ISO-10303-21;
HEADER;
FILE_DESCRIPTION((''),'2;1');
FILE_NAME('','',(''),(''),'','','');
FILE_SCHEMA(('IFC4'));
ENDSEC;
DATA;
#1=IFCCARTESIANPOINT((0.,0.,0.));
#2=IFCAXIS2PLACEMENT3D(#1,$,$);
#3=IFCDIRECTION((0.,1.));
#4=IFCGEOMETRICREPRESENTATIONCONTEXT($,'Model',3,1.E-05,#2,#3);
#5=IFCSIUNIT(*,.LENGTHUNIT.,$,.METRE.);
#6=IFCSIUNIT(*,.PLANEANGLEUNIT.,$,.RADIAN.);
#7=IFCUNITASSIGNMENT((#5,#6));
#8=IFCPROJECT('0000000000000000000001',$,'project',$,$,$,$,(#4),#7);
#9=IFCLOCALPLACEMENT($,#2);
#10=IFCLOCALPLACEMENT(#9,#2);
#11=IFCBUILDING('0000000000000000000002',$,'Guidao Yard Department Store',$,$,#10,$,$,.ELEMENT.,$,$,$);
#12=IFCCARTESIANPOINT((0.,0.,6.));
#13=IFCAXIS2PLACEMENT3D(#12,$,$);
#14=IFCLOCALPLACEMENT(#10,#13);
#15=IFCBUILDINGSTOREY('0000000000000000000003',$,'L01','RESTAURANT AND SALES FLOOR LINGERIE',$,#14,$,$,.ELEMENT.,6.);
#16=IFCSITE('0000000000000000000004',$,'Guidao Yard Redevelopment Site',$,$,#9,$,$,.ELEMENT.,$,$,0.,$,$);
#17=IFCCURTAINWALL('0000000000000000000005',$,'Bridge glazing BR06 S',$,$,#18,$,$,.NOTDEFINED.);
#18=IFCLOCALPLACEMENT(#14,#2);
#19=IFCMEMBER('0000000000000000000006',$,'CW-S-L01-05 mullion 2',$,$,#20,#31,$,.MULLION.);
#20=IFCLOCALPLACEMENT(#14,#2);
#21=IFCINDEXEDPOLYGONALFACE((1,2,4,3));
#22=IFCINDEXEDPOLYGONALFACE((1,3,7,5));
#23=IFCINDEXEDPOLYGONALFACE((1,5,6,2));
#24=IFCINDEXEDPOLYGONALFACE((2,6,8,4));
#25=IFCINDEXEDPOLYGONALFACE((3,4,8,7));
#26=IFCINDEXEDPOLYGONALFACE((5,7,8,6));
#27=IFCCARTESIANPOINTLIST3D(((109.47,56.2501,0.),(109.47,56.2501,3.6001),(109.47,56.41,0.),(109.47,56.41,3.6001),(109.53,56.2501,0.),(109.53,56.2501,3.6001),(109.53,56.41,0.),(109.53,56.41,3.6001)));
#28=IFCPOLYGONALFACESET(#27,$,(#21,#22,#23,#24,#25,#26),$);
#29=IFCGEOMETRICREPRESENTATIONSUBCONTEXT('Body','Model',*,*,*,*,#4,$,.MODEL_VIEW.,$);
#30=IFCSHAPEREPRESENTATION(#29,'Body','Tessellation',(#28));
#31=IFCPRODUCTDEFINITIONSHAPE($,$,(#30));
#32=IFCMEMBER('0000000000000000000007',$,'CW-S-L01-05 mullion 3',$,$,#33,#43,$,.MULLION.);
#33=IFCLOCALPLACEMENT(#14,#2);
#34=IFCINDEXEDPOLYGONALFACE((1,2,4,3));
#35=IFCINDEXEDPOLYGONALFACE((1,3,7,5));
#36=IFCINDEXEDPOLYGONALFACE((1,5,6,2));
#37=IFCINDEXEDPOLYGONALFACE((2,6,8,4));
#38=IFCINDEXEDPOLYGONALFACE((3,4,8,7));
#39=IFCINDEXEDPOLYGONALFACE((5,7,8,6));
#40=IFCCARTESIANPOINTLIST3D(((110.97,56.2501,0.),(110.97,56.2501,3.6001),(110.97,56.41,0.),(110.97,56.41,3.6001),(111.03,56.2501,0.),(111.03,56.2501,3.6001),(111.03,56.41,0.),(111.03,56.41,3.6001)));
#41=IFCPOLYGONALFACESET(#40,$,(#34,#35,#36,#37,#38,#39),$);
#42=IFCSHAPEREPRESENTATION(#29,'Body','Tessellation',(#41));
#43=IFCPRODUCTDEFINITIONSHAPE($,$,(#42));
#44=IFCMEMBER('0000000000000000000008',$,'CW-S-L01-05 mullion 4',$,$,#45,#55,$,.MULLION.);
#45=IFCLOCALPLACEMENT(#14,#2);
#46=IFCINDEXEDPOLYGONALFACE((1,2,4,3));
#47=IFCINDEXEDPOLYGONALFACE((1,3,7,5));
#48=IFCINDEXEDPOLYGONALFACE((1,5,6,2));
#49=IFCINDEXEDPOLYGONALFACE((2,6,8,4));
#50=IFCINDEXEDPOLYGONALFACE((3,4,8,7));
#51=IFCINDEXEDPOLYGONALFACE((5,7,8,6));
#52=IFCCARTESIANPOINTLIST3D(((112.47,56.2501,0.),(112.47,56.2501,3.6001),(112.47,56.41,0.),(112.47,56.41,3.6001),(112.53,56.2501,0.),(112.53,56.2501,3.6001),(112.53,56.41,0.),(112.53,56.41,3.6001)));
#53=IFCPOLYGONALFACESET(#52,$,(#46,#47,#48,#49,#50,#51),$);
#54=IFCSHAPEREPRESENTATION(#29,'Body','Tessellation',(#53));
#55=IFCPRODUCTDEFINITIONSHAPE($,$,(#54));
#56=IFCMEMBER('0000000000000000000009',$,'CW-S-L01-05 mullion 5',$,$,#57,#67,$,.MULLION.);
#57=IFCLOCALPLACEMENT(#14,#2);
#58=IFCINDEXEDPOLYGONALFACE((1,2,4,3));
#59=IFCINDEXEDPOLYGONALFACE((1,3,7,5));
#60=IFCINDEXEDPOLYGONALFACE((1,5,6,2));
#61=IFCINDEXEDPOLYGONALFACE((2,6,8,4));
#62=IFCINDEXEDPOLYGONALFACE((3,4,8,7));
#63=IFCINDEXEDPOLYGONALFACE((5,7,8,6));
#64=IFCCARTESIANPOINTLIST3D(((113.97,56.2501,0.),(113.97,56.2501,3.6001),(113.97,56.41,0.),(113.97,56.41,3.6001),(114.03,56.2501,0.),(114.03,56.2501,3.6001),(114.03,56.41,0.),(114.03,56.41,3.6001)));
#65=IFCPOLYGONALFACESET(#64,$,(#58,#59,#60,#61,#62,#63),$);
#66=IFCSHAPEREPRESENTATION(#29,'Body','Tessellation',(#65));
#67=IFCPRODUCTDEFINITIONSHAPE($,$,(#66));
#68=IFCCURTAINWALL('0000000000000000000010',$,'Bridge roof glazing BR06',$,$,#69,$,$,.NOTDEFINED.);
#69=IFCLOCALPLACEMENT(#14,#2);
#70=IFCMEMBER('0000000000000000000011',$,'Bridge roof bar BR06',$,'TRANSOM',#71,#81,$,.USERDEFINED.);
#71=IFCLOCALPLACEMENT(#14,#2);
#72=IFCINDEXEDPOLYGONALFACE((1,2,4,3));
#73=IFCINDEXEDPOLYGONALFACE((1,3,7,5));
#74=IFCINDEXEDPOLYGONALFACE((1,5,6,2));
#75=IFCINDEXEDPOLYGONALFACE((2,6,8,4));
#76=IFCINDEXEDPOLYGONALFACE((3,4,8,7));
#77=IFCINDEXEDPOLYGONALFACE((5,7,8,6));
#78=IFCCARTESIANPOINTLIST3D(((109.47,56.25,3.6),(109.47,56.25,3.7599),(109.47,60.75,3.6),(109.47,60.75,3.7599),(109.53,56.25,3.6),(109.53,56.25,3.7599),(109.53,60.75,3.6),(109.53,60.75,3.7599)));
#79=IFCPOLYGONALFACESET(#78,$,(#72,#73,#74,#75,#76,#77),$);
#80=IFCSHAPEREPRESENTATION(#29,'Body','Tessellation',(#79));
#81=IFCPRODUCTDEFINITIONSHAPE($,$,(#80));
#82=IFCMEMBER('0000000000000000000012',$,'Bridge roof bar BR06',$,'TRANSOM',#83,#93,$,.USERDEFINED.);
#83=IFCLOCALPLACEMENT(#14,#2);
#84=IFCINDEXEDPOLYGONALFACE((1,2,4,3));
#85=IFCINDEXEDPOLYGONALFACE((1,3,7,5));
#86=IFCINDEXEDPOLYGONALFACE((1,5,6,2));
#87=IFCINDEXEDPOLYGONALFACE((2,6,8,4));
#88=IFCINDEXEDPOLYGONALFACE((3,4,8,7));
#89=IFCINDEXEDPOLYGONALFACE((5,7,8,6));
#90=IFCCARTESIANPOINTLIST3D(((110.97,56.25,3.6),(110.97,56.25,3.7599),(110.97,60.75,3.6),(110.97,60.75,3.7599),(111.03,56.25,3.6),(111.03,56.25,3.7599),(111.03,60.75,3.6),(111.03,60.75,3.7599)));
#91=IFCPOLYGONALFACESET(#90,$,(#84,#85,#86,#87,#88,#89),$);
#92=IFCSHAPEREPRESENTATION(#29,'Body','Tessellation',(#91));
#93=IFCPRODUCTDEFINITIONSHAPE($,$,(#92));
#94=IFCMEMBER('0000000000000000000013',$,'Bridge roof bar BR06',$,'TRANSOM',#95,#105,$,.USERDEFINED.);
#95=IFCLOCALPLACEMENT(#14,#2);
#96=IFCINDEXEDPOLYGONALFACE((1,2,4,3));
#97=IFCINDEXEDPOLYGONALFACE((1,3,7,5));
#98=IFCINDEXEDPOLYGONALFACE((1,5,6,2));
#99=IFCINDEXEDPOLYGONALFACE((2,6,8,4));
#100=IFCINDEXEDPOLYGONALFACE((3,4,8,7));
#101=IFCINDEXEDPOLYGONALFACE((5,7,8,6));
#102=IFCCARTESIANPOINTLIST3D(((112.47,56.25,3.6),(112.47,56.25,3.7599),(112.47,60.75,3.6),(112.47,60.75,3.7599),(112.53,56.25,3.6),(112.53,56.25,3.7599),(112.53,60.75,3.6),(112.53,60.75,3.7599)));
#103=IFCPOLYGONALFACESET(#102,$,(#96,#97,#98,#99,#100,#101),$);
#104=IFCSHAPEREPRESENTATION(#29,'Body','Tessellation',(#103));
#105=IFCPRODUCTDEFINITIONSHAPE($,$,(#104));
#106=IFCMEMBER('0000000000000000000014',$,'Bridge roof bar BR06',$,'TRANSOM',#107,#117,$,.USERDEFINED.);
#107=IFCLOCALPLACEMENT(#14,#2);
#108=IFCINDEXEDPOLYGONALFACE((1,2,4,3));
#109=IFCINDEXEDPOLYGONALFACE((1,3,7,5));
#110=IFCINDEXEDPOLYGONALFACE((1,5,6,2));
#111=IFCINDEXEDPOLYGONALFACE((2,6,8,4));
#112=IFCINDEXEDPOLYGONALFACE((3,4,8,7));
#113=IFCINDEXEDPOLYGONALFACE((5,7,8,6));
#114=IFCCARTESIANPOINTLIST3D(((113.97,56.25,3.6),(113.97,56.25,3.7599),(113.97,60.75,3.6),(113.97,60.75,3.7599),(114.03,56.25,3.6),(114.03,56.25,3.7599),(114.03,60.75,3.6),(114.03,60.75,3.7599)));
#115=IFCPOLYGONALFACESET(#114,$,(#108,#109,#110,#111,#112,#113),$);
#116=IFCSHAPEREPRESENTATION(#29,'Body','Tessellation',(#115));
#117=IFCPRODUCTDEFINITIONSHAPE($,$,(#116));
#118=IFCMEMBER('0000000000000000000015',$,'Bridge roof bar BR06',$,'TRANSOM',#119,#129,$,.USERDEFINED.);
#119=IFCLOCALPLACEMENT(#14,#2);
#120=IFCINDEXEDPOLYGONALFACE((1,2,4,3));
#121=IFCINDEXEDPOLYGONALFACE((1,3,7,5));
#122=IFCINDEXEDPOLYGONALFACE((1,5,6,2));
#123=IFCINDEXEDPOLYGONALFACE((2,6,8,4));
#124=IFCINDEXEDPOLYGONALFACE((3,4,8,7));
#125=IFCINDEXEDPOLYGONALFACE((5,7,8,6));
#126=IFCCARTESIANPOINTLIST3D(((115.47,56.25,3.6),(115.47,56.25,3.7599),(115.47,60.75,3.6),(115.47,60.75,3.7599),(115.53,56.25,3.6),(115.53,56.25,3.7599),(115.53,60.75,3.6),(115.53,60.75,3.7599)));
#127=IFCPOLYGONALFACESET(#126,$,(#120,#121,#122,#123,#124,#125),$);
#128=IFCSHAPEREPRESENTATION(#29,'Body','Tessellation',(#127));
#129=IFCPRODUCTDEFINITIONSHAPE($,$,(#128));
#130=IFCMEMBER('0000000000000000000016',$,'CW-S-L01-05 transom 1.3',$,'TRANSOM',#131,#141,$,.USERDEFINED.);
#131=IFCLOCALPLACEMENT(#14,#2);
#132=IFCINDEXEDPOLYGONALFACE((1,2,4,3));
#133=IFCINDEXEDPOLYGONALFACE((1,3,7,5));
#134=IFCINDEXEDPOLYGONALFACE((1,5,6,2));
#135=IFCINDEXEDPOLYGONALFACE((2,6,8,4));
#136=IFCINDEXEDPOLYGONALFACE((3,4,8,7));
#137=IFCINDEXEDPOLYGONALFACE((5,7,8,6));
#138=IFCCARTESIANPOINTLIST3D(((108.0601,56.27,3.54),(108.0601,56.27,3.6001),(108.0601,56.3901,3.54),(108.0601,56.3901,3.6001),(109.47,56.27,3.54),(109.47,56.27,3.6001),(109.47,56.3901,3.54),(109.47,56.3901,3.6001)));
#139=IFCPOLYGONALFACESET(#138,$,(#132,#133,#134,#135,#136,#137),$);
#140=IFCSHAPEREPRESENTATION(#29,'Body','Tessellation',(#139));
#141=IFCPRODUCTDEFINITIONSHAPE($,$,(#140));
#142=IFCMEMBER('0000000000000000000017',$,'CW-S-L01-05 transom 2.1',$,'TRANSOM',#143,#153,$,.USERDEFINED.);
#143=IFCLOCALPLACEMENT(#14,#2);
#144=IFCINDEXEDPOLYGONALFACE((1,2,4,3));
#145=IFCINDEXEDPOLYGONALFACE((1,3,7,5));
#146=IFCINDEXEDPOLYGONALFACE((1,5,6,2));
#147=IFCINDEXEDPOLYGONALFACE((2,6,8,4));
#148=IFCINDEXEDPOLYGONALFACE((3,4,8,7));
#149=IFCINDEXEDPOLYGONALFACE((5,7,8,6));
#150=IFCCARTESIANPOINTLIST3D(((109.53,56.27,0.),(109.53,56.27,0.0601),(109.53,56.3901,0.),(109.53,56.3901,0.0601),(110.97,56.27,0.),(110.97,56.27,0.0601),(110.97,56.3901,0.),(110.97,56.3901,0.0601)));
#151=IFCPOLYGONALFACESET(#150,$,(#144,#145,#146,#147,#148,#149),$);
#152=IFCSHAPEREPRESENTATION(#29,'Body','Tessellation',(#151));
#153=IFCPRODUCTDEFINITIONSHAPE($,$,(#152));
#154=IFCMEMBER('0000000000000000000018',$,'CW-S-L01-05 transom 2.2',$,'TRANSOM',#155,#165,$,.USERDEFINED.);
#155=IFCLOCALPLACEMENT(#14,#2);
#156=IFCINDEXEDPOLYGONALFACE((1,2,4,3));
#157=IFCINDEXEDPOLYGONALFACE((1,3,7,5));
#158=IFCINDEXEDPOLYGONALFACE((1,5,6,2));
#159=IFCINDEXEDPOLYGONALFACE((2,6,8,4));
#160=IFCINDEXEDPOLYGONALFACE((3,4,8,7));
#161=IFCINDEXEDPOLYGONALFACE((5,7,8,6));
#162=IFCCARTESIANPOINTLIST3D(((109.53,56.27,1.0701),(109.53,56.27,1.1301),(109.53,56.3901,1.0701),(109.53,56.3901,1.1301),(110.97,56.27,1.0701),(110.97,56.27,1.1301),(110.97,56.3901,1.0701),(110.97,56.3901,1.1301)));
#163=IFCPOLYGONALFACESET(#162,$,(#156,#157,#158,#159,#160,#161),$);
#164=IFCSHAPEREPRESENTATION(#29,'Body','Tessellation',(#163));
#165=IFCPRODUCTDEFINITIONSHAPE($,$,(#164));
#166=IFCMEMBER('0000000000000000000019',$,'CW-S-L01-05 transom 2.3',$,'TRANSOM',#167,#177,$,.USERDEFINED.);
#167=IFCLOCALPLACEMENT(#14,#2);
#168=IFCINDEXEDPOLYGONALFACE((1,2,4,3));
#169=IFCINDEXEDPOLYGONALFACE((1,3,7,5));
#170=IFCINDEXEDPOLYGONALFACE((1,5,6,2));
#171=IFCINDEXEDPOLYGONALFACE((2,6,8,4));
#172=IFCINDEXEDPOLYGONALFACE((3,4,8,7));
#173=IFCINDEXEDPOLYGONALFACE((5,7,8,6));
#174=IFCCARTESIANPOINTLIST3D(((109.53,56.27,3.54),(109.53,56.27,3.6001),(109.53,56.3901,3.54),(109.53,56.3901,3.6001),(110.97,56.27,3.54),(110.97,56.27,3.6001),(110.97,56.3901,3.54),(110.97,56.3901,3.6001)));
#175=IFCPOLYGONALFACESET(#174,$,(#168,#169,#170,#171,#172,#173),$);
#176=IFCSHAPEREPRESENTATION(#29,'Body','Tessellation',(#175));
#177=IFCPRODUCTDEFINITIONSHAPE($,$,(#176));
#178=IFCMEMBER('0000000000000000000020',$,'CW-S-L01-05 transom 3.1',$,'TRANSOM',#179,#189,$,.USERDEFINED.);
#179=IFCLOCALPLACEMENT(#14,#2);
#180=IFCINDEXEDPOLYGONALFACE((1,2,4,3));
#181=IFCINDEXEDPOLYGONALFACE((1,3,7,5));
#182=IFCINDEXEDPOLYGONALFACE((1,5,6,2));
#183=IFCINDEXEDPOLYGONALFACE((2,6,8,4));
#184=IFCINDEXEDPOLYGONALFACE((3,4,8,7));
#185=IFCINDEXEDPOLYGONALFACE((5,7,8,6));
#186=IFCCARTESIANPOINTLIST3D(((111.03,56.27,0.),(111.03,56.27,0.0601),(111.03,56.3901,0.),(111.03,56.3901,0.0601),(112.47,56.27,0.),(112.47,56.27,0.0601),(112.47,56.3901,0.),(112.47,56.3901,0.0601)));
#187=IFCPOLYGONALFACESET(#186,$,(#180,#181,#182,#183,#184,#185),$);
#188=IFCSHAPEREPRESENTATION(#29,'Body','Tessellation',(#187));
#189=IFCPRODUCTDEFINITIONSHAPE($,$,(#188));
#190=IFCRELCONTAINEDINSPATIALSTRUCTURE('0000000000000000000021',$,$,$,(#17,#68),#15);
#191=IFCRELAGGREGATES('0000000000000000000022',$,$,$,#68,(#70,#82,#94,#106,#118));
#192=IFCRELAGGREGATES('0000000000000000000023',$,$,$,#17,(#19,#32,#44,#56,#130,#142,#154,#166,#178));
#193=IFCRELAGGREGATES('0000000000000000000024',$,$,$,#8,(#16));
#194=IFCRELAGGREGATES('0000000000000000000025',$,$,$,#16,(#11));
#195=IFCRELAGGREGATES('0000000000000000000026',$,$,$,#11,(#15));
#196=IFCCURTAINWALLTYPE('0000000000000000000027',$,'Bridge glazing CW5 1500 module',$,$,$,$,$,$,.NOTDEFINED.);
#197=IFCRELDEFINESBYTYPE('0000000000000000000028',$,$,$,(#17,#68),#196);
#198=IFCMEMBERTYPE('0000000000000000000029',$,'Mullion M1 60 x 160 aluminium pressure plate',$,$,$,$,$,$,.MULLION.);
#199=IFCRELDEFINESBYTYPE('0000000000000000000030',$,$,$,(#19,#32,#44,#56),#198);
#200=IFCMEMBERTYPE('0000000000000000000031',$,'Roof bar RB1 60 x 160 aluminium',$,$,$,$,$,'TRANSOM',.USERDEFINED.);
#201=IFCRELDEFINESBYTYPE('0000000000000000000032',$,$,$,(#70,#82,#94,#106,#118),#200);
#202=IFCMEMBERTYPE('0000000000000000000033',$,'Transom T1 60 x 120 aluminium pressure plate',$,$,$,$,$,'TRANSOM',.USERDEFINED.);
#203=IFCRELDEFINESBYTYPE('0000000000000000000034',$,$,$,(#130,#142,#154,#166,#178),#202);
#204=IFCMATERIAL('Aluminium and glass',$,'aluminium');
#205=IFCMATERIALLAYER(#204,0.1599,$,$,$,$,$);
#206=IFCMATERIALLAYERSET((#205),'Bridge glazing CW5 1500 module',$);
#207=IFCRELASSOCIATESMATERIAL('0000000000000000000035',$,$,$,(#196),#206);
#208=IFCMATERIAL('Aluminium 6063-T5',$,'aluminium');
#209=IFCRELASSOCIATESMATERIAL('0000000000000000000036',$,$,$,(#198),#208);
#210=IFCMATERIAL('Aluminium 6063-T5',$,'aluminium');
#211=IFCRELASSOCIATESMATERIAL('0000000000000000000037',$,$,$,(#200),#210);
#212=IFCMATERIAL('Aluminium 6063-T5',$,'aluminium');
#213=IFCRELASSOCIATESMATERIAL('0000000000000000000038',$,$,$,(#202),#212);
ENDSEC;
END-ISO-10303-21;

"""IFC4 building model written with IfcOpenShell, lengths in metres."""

from ifc_helpers import new_model, si_unit, direction, frame, origin, origin_2d, place, context, subcontext, project, spatial, rectangle, extrude, material, layer, layer_set, material_profile, profile_set, type_object, element, aggregate, save


model = new_model("IFC4")

# Units and contexts
model_context = context("Model", 3, precision=1e-05, world=origin(), true_north=direction((0.0, 1.0)))
body_context = subcontext(model_context, "Body", "Model", "MODEL_VIEW")
ifc_project = project(units=[si_unit("LENGTHUNIT", "METRE"), si_unit("PLANEANGLEUNIT", "RADIAN")], contexts=[model_context])

# Site, building, storey
site_placement = place(None, origin())
site = spatial("IfcSite", under=ifc_project, at=site_placement, Name="Guidao Yard Redevelopment Site", CompositionType="ELEMENT", RefElevation=0.0)
building_placement = place(site_placement, origin())
building = spatial("IfcBuilding", under=site, at=building_placement, Name="Guidao Yard Department Store", CompositionType="ELEMENT")
storey_placement = place(building_placement, frame((0.0, 0.0, 6.0)))
storey = spatial("IfcBuildingStorey", under=building, at=storey_placement, Name="L01", Description="RESTAURANT AND SALES FLOOR LINGERIE", CompositionType="ELEMENT", Elevation=6.0)

# Curtain walls, members
ifc_material_1 = material(Name="Aluminium and glass", Category="aluminium")
ifc_layer_1 = layer(ifc_material_1, 0.1599)
ifc_layer_set_1 = layer_set([ifc_layer_1], Name="Bridge glazing CW5 1500 module")
curtain_wall_type = type_object("IfcCurtainWallType", Name="Bridge glazing CW5 1500 module", PredefinedType="NOTDEFINED", material=ifc_layer_set_1)
curtain_wall_1_placement = place(storey_placement, origin())
curtain_wall_1 = element("IfcCurtainWall", 1, at=curtain_wall_1_placement, inside=storey, type_object=curtain_wall_type, Name="Bridge glazing BR06 S", PredefinedType="NOTDEFINED")
ifc_material_2 = material(Name="Aluminium 6063-T5", Category="aluminium")
ifc_material_profile_1 = material_profile(ifc_material_2, rectangle(XDim=0.0601, YDim=0.1599, at=origin_2d()), Name="Mullion M1 60 x 160 aluminium pressure plate")
ifc_profile_set_1 = profile_set([ifc_material_profile_1], Name="Aluminium 6063-T5")
member_type_1 = type_object("IfcMemberType", Name="Mullion M1 60 x 160 aluminium pressure plate", PredefinedType="MULLION", material=ifc_profile_set_1)
member_1_placement = place(storey_placement, frame((109.5, 56.3301, 0.0), z_axis=(0.0, 0.0, 1.0), x_axis=(-1.0, 0.0, 0.0)))
member_1 = element("IfcMember", 2, at=member_1_placement, type_object=member_type_1, Name="CW-S-L01-05 mullion 2", PredefinedType="MULLION", context=body_context, shape_type="SweptSolid", body=[
    extrude(rectangle(XDim=0.0601, YDim=0.1599, at=origin_2d()), origin(), (0.0, 0.0, 1.0), 3.6001),
])
member_2_placement = place(storey_placement, frame((111.0, 56.3301, 0.0), z_axis=(0.0, 0.0, 1.0), x_axis=(-1.0, 0.0, 0.0)))
member_2 = element("IfcMember", 3, at=member_2_placement, type_object=member_type_1, Name="CW-S-L01-05 mullion 3", PredefinedType="MULLION", context=body_context, shape_type="SweptSolid", body=[
    extrude(rectangle(XDim=0.0601, YDim=0.1599, at=origin_2d()), origin(), (0.0, 0.0, 1.0), 3.6001),
])
member_3_placement = place(storey_placement, frame((112.5, 56.3301, 0.0), z_axis=(0.0, 0.0, 1.0), x_axis=(-1.0, 0.0, 0.0)))
member_3 = element("IfcMember", 4, at=member_3_placement, type_object=member_type_1, Name="CW-S-L01-05 mullion 4", PredefinedType="MULLION", context=body_context, shape_type="SweptSolid", body=[
    extrude(rectangle(XDim=0.0601, YDim=0.1599, at=origin_2d()), origin(), (0.0, 0.0, 1.0), 3.6001),
])
member_4_placement = place(storey_placement, frame((114.0, 56.3301, 0.0), z_axis=(0.0, 0.0, 1.0), x_axis=(-1.0, 0.0, 0.0)))
member_4 = element("IfcMember", 5, at=member_4_placement, type_object=member_type_1, Name="CW-S-L01-05 mullion 5", PredefinedType="MULLION", context=body_context, shape_type="SweptSolid", body=[
    extrude(rectangle(XDim=0.0601, YDim=0.1599, at=origin_2d()), origin(), (0.0, 0.0, 1.0), 3.6001),
])
curtain_wall_2_placement = place(storey_placement, origin())
curtain_wall_2 = element("IfcCurtainWall", 6, at=curtain_wall_2_placement, inside=storey, type_object=curtain_wall_type, Name="Bridge roof glazing BR06", PredefinedType="NOTDEFINED")
ifc_material_3 = material(Name="Aluminium 6063-T5", Category="aluminium")
ifc_material_profile_2 = material_profile(ifc_material_3, rectangle(XDim=0.0601, YDim=0.1599, at=origin_2d()), Name="Roof bar RB1 60 x 160 aluminium")
ifc_profile_set_2 = profile_set([ifc_material_profile_2], Name="Aluminium 6063-T5")
member_type_2 = type_object("IfcMemberType", Name="Roof bar RB1 60 x 160 aluminium", ElementType="TRANSOM", PredefinedType="USERDEFINED", material=ifc_profile_set_2)
member_5_placement = place(storey_placement, frame((109.5, 56.25, 3.6799), z_axis=(0.0, 1.0, 0.0), x_axis=(-1.0, 0.0, 0.0)))
member_5 = element("IfcMember", 7, at=member_5_placement, type_object=member_type_2, Name="Bridge roof bar BR06", ObjectType="TRANSOM", PredefinedType="USERDEFINED", context=body_context, shape_type="SweptSolid", body=[
    extrude(rectangle(XDim=0.0601, YDim=0.1599, at=origin_2d()), origin(), (0.0, 0.0, 1.0), 4.5),
])
member_6_placement = place(storey_placement, frame((111.0, 56.25, 3.6799), z_axis=(0.0, 1.0, 0.0), x_axis=(-1.0, 0.0, 0.0)))
member_6 = element("IfcMember", 8, at=member_6_placement, type_object=member_type_2, Name="Bridge roof bar BR06", ObjectType="TRANSOM", PredefinedType="USERDEFINED", context=body_context, shape_type="SweptSolid", body=[
    extrude(rectangle(XDim=0.0601, YDim=0.1599, at=origin_2d()), origin(), (0.0, 0.0, 1.0), 4.5),
])
member_7_placement = place(storey_placement, frame((112.5, 56.25, 3.6799), z_axis=(0.0, 1.0, 0.0), x_axis=(-1.0, 0.0, 0.0)))
member_7 = element("IfcMember", 9, at=member_7_placement, type_object=member_type_2, Name="Bridge roof bar BR06", ObjectType="TRANSOM", PredefinedType="USERDEFINED", context=body_context, shape_type="SweptSolid", body=[
    extrude(rectangle(XDim=0.0601, YDim=0.1599, at=origin_2d()), origin(), (0.0, 0.0, 1.0), 4.5),
])
member_8_placement = place(storey_placement, frame((114.0, 56.25, 3.6799), z_axis=(0.0, 1.0, 0.0), x_axis=(-1.0, 0.0, 0.0)))
member_8 = element("IfcMember", 10, at=member_8_placement, type_object=member_type_2, Name="Bridge roof bar BR06", ObjectType="TRANSOM", PredefinedType="USERDEFINED", context=body_context, shape_type="SweptSolid", body=[
    extrude(rectangle(XDim=0.0601, YDim=0.1599, at=origin_2d()), origin(), (0.0, 0.0, 1.0), 4.5),
])
member_9_placement = place(storey_placement, frame((115.5, 56.25, 3.6799), z_axis=(0.0, 1.0, 0.0), x_axis=(-1.0, 0.0, 0.0)))
member_9 = element("IfcMember", 11, at=member_9_placement, type_object=member_type_2, Name="Bridge roof bar BR06", ObjectType="TRANSOM", PredefinedType="USERDEFINED", context=body_context, shape_type="SweptSolid", body=[
    extrude(rectangle(XDim=0.0601, YDim=0.1599, at=origin_2d()), origin(), (0.0, 0.0, 1.0), 4.5),
])
aggregate(curtain_wall_2, [member_5, member_6, member_7, member_8, member_9])

# Members
ifc_material_4 = material(Name="Aluminium 6063-T5", Category="aluminium")
ifc_material_profile_3 = material_profile(ifc_material_4, rectangle(XDim=0.1201, YDim=0.0601, at=origin_2d()), Name="Transom T1 60 x 120 aluminium pressure plate")
ifc_profile_set_3 = profile_set([ifc_material_profile_3], Name="Aluminium 6063-T5")
member_type_3 = type_object("IfcMemberType", Name="Transom T1 60 x 120 aluminium pressure plate", ElementType="TRANSOM", PredefinedType="USERDEFINED", material=ifc_profile_set_3)
member_10_placement = place(storey_placement, frame((109.47, 56.3301, 3.5701), z_axis=(-1.0, 0.0, 0.0), x_axis=(0.0, -1.0, 0.0)))
member_10 = element("IfcMember", 12, at=member_10_placement, type_object=member_type_3, Name="CW-S-L01-05 transom 1.3", ObjectType="TRANSOM", PredefinedType="USERDEFINED", context=body_context, shape_type="SweptSolid", body=[
    extrude(rectangle(XDim=0.1201, YDim=0.0601, at=origin_2d()), origin(), (0.0, 0.0, 1.0), 1.4099),
])
member_11_placement = place(storey_placement, frame((110.97, 56.3301, 0.03), z_axis=(-1.0, 0.0, 0.0), x_axis=(0.0, -1.0, 0.0)))
member_11 = element("IfcMember", 13, at=member_11_placement, type_object=member_type_3, Name="CW-S-L01-05 transom 2.1", ObjectType="TRANSOM", PredefinedType="USERDEFINED", context=body_context, shape_type="SweptSolid", body=[
    extrude(rectangle(XDim=0.1201, YDim=0.0601, at=origin_2d()), origin(), (0.0, 0.0, 1.0), 1.4399),
])
member_12_placement = place(storey_placement, frame((110.97, 56.3301, 1.1001), z_axis=(-1.0, 0.0, 0.0), x_axis=(0.0, -1.0, 0.0)))
member_12 = element("IfcMember", 14, at=member_12_placement, type_object=member_type_3, Name="CW-S-L01-05 transom 2.2", ObjectType="TRANSOM", PredefinedType="USERDEFINED", context=body_context, shape_type="SweptSolid", body=[
    extrude(rectangle(XDim=0.1201, YDim=0.0601, at=origin_2d()), origin(), (0.0, 0.0, 1.0), 1.4399),
])
member_13_placement = place(storey_placement, frame((110.97, 56.3301, 3.5701), z_axis=(-1.0, 0.0, 0.0), x_axis=(0.0, -1.0, 0.0)))
member_13 = element("IfcMember", 15, at=member_13_placement, type_object=member_type_3, Name="CW-S-L01-05 transom 2.3", ObjectType="TRANSOM", PredefinedType="USERDEFINED", context=body_context, shape_type="SweptSolid", body=[
    extrude(rectangle(XDim=0.1201, YDim=0.0601, at=origin_2d()), origin(), (0.0, 0.0, 1.0), 1.4399),
])
member_14_placement = place(storey_placement, frame((112.47, 56.3301, 0.03), z_axis=(-1.0, 0.0, 0.0), x_axis=(0.0, -1.0, 0.0)))
member_14 = element("IfcMember", 16, at=member_14_placement, type_object=member_type_3, Name="CW-S-L01-05 transom 3.1", ObjectType="TRANSOM", PredefinedType="USERDEFINED", context=body_context, shape_type="SweptSolid", body=[
    extrude(rectangle(XDim=0.1201, YDim=0.0601, at=origin_2d()), origin(), (0.0, 0.0, 1.0), 1.4399),
])

aggregate(curtain_wall_1, [member_1, member_2, member_3, member_4, member_10, member_11, member_12, member_13, member_14])

save(model, "model.ifc")
